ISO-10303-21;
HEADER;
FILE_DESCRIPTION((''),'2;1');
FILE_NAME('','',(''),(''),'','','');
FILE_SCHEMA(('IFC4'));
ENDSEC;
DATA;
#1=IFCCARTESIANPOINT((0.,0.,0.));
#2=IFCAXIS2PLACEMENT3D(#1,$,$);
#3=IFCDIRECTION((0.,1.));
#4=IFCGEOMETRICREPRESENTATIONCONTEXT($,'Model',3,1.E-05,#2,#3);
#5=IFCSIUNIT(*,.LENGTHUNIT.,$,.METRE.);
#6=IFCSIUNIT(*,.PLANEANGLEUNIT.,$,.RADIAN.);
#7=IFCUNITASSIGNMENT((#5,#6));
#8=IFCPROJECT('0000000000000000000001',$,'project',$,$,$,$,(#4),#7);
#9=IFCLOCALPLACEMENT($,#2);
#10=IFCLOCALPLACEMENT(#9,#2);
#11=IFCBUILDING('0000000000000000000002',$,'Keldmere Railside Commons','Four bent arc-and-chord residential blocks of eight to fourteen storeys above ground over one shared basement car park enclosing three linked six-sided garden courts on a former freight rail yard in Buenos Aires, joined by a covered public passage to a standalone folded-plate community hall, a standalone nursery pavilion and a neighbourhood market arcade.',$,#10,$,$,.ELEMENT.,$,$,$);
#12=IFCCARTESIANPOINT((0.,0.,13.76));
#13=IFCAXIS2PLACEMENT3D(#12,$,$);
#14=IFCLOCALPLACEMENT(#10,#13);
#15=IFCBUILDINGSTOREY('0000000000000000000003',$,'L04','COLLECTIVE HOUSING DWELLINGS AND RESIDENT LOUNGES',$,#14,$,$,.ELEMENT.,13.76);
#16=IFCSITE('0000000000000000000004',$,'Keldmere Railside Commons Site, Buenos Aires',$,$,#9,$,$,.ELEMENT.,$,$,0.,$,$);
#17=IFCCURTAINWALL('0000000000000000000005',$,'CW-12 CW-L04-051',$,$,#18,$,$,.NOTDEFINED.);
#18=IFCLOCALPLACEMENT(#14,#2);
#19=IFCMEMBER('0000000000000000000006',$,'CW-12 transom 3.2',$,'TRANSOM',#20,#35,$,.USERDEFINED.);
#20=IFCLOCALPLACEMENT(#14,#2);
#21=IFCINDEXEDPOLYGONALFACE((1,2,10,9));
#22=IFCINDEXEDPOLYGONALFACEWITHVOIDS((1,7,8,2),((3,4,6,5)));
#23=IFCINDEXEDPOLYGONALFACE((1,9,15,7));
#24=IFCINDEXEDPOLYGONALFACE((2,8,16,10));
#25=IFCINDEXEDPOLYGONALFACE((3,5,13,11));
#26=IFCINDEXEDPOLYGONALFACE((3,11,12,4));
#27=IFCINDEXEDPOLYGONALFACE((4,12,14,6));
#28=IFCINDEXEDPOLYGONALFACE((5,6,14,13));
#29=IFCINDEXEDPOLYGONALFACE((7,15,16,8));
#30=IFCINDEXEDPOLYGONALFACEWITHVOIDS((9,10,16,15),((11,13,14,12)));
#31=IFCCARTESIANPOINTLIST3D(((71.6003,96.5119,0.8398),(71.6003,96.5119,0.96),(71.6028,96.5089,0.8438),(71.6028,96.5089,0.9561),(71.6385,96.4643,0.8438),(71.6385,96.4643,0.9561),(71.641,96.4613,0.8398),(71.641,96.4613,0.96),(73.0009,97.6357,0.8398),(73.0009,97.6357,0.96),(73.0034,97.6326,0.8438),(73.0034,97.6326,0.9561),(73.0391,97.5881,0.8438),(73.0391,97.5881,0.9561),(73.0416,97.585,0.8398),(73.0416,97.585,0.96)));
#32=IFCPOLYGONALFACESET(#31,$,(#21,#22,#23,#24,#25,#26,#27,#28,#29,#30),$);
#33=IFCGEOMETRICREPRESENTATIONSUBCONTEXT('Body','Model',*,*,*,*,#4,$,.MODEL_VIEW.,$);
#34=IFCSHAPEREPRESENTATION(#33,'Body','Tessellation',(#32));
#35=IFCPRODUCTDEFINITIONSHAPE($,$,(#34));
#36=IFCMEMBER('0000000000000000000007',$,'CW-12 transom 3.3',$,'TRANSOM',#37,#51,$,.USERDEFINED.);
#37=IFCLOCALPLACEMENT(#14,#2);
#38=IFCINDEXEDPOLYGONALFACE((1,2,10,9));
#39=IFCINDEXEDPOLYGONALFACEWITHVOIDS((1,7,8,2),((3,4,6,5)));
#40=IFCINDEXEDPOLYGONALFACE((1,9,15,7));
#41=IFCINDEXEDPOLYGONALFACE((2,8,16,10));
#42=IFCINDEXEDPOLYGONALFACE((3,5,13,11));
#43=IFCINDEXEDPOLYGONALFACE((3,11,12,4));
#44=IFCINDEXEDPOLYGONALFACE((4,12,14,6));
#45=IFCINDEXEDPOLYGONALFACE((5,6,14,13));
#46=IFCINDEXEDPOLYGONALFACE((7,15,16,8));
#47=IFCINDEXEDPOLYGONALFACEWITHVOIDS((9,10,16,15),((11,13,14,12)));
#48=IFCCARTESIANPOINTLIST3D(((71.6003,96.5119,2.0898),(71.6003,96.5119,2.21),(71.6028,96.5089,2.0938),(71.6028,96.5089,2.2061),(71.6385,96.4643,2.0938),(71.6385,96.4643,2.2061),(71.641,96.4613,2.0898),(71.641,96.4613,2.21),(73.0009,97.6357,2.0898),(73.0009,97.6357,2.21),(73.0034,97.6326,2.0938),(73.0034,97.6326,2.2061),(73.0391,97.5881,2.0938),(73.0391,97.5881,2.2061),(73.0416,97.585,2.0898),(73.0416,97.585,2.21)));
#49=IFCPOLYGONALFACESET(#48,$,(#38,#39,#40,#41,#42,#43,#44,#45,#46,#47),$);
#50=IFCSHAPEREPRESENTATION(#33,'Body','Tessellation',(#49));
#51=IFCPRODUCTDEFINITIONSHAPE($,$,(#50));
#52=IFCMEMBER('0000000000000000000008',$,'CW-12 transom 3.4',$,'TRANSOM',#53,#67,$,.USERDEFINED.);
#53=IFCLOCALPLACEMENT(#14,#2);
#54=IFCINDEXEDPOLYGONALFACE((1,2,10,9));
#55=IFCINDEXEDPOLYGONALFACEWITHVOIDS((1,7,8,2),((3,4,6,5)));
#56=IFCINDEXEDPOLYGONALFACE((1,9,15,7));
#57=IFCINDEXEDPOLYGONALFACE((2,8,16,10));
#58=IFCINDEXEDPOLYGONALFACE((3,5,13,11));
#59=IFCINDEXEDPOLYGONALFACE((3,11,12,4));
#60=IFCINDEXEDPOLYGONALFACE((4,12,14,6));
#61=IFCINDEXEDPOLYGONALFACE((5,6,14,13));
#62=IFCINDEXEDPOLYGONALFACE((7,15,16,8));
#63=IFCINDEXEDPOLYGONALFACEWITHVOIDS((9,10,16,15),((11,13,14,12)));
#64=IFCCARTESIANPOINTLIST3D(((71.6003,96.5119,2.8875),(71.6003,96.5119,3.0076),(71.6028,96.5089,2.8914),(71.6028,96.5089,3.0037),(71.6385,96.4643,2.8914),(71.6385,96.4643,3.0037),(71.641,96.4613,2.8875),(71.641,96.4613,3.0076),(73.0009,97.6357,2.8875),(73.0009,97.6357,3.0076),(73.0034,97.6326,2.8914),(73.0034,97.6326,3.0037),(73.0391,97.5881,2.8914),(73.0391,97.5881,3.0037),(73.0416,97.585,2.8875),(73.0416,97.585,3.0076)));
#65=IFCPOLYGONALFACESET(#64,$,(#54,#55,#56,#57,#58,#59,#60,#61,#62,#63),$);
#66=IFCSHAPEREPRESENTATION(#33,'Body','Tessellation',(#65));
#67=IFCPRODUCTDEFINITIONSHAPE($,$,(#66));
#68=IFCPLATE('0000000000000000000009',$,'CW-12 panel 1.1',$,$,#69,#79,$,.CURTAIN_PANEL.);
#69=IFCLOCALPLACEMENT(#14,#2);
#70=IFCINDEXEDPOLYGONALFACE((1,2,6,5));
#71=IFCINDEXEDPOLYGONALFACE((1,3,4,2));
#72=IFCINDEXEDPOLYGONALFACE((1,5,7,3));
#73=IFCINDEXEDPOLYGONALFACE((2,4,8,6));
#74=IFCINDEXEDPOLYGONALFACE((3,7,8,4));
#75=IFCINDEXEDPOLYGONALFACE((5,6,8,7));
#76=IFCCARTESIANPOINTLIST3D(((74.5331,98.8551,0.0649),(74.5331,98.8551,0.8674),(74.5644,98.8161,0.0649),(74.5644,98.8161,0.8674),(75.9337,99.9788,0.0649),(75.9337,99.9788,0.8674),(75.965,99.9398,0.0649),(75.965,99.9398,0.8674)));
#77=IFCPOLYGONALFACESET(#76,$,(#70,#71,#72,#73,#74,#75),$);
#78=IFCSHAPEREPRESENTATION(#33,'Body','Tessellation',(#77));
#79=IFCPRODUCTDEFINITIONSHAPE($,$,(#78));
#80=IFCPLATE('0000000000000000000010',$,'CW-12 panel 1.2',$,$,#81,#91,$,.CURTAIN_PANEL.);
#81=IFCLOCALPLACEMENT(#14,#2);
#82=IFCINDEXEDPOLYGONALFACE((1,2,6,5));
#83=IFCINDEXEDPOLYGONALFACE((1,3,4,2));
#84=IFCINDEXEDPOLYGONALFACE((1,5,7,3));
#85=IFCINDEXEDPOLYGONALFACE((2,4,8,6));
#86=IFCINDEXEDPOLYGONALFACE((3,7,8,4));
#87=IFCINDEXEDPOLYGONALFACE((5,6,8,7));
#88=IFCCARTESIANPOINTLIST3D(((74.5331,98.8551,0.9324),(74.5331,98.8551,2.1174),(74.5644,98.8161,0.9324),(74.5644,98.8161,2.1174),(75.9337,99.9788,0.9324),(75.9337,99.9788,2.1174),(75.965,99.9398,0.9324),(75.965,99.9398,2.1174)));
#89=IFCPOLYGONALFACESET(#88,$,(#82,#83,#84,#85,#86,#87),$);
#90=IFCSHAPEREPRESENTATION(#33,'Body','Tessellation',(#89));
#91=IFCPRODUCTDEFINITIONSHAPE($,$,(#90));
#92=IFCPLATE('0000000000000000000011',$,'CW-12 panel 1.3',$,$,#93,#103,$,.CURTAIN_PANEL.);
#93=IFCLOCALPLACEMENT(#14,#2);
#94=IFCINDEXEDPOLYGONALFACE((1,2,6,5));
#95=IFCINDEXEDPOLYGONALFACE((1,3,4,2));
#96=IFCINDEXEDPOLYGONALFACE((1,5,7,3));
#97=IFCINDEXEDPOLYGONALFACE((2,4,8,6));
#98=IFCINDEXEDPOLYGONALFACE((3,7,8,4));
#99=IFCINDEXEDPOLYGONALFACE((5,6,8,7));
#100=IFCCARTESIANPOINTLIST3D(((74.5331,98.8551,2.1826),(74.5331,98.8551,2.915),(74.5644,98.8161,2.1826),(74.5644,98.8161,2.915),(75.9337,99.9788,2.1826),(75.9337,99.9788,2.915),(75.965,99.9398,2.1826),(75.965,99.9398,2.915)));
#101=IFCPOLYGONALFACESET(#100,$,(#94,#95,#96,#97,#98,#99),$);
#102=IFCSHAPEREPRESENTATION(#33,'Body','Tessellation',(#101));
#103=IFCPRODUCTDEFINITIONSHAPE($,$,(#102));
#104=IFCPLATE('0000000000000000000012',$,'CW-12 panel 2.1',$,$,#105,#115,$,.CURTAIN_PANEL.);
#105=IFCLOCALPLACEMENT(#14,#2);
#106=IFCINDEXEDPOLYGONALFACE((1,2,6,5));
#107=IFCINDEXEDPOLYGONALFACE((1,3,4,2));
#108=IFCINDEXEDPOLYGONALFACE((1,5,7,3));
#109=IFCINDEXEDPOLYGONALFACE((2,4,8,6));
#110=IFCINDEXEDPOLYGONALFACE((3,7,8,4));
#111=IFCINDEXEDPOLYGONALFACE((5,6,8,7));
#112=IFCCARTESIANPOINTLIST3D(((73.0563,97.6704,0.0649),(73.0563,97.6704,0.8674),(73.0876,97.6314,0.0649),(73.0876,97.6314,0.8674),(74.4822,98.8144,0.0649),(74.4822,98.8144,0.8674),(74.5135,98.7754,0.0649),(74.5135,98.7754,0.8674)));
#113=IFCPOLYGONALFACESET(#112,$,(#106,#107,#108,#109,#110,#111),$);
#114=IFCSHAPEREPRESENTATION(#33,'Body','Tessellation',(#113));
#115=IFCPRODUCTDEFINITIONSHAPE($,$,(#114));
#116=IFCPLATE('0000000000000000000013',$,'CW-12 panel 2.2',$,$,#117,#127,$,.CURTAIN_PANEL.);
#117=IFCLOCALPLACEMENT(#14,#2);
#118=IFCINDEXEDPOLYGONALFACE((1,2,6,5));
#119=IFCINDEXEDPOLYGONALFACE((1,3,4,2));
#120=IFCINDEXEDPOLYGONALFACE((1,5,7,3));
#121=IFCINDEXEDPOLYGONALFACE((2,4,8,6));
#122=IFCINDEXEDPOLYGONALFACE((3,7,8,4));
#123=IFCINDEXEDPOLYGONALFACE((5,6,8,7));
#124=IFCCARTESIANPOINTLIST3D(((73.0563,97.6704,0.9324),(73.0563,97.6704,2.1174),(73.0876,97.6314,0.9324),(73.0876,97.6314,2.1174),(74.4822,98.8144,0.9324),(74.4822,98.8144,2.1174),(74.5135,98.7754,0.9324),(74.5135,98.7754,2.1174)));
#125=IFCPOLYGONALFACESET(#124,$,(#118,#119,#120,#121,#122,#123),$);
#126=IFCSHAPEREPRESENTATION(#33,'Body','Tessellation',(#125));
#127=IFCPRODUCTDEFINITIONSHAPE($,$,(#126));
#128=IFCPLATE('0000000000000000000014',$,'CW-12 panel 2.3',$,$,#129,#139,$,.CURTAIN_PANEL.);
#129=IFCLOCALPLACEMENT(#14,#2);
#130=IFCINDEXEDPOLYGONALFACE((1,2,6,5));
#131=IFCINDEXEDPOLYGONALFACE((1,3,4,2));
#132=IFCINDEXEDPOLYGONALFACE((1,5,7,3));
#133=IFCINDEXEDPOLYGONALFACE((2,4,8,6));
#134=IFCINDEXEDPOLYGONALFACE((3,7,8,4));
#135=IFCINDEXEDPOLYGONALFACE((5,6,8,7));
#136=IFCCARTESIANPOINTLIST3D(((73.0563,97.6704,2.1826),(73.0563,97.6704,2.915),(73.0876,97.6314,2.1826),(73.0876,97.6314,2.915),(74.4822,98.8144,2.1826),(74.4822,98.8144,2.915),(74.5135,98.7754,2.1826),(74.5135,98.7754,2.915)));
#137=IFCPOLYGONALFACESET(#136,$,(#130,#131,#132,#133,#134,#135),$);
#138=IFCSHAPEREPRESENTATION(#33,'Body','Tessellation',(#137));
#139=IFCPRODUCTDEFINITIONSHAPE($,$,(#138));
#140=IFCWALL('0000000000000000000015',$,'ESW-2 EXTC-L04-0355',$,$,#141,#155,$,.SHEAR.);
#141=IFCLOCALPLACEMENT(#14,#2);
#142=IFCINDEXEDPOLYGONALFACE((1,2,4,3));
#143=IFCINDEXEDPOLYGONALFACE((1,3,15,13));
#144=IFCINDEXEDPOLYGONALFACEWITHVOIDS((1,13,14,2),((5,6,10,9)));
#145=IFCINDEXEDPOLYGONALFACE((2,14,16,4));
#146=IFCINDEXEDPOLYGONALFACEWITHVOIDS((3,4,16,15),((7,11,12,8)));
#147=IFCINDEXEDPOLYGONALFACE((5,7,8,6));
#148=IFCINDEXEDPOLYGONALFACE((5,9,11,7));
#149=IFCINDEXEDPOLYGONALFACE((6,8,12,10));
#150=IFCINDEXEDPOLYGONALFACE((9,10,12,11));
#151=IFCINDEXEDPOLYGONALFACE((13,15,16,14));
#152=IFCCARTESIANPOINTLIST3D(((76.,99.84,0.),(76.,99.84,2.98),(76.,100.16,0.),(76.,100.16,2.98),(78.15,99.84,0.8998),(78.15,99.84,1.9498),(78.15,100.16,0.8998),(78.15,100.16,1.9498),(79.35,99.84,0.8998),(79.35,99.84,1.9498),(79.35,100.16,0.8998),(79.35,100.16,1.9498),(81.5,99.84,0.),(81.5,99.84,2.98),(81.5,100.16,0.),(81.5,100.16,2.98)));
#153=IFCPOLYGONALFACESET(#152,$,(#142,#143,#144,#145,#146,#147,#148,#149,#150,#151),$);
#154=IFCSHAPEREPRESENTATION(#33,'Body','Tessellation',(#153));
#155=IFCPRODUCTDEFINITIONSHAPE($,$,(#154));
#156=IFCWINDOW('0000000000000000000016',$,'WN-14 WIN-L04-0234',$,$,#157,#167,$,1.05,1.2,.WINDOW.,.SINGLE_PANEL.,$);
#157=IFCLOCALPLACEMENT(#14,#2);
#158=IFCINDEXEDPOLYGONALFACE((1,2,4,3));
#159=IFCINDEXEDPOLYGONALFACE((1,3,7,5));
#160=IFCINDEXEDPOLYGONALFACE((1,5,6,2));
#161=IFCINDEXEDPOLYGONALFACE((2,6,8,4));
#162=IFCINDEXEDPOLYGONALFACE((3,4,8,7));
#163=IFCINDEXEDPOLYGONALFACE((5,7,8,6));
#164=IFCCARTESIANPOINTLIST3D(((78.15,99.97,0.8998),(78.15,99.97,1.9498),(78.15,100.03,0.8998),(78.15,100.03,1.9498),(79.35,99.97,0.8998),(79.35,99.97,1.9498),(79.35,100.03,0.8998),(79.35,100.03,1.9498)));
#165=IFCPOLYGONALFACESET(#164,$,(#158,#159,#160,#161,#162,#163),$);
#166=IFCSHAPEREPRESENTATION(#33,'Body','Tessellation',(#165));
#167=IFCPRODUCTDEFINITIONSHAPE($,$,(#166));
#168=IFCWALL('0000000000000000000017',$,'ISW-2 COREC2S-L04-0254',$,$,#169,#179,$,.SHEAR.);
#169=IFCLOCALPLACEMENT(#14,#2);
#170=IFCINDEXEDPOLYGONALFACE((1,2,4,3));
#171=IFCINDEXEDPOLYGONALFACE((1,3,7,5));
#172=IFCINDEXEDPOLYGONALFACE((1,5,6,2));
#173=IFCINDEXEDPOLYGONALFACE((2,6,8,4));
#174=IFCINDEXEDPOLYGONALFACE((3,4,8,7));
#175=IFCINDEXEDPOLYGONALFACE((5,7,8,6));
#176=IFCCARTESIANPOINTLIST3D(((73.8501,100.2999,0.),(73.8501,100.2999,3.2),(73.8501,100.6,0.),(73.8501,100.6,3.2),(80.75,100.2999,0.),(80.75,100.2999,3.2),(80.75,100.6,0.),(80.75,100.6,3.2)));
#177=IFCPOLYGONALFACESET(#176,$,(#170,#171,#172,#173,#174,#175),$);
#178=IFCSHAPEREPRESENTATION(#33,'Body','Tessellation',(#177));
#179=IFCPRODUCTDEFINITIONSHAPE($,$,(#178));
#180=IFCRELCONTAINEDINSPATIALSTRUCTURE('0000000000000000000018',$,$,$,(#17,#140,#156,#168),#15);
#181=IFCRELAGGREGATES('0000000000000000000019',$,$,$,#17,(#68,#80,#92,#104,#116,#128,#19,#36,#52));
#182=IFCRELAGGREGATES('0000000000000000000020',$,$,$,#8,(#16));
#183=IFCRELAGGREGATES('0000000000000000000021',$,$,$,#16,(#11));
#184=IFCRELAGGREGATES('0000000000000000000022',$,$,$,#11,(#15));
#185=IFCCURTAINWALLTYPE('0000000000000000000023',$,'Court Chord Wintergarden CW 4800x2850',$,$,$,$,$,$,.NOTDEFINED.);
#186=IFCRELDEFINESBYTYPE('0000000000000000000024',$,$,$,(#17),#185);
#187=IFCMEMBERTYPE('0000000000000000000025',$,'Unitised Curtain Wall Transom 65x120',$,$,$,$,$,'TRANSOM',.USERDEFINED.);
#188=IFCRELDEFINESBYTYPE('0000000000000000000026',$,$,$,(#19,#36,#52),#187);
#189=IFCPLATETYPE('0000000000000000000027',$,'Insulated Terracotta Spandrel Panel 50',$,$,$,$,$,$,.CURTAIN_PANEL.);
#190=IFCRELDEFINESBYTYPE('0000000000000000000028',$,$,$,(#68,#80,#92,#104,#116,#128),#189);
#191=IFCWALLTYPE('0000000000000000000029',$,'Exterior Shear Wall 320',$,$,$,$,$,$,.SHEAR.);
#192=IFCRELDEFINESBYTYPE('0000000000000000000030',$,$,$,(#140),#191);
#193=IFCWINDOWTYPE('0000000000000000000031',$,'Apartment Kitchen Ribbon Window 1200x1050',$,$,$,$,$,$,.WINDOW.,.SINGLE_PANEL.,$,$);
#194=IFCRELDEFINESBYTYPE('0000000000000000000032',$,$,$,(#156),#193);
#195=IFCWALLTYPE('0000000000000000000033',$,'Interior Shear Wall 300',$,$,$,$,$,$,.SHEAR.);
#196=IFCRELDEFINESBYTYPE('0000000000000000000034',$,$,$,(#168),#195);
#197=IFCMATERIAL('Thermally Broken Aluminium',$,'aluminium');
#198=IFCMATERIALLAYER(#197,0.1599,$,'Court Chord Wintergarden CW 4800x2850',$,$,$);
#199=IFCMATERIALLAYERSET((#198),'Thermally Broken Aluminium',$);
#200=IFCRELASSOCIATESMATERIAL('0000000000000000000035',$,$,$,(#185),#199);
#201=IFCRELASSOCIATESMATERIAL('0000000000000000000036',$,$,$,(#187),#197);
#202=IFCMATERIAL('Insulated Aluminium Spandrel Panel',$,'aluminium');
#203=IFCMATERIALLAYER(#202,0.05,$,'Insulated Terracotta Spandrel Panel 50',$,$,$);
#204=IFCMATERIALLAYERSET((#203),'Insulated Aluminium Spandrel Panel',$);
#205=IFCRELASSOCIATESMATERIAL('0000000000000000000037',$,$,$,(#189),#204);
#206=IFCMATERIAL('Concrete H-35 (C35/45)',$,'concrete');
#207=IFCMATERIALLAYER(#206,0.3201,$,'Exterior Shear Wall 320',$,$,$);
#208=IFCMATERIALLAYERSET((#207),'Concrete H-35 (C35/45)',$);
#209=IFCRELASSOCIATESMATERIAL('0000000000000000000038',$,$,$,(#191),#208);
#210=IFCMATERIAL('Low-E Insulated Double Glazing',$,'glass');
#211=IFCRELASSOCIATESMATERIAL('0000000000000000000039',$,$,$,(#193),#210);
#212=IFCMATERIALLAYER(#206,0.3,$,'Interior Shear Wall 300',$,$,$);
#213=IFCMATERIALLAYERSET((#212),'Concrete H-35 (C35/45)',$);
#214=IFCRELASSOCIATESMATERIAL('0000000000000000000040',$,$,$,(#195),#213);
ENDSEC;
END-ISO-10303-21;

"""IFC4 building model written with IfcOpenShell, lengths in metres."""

from ifc_helpers import new_model, si_unit, direction, frame, frame_2d, origin, origin_2d, place, context, subcontext, project, spatial, rectangle, hollow_rectangle, extrude, material, layer, layer_set, material_profile, profile_set, type_object, element, fill, aggregate, save


model = new_model("IFC4")

# Units and contexts
model_context = context("Model", 3, precision=1e-05, world=origin(), true_north=direction((0.0, 1.0)))
body_context = subcontext(model_context, "Body", "Model", "MODEL_VIEW")
ifc_project = project(units=[si_unit("LENGTHUNIT", "METRE"), si_unit("PLANEANGLEUNIT", "RADIAN")], contexts=[model_context])

# Site, building, storey
site_placement = place(None, origin())
site = spatial("IfcSite", under=ifc_project, at=site_placement, Name="Keldmere Railside Commons Site, Buenos Aires", CompositionType="ELEMENT", RefElevation=0.0)
building_placement = place(site_placement, origin())
building = spatial("IfcBuilding", under=site, at=building_placement, Name="Keldmere Railside Commons", Description="Four bent arc-and-chord residential blocks of eight to fourteen storeys above ground over one shared basement car park enclosing three linked six-sided garden courts on a former freight rail yard in Buenos Aires, joined by a covered public passage to a standalone folded-plate community hall, a standalone nursery pavilion and a neighbourhood market arcade.", CompositionType="ELEMENT")
storey_placement = place(building_placement, frame((0.0, 0.0, 13.76)))
storey = spatial("IfcBuildingStorey", under=building, at=storey_placement, Name="L04", Description="COLLECTIVE HOUSING DWELLINGS AND RESIDENT LOUNGES", CompositionType="ELEMENT", Elevation=13.76)

# Curtain wall, members, plates
ifc_material_1 = material(Name="Thermally Broken Aluminium", Category="aluminium")
ifc_layer_1 = layer(ifc_material_1, 0.1599, Name="Court Chord Wintergarden CW 4800x2850")
ifc_layer_set_1 = layer_set([ifc_layer_1], Name="Thermally Broken Aluminium")
curtain_wall_type = type_object("IfcCurtainWallType", Name="Court Chord Wintergarden CW 4800x2850", PredefinedType="NOTDEFINED", material=ifc_layer_set_1)
curtain_wall_placement = place(storey_placement, origin())
curtain_wall = element("IfcCurtainWall", 1, at=curtain_wall_placement, inside=storey, type_object=curtain_wall_type, Name="CW-12 CW-L04-051", PredefinedType="NOTDEFINED")
ifc_material_profile_1 = material_profile(ifc_material_1, hollow_rectangle(XDim=0.0649, YDim=0.1201, WallThickness=0.0039, at=origin_2d()), Name="ALU-TRAN-65x120")
ifc_profile_set_1 = profile_set([ifc_material_profile_1], Name="Thermally Broken Aluminium")
member_type_1 = type_object("IfcMemberType", Name="Unitised Curtain Wall Transom 65x120", ElementType="TRANSOM", PredefinedType="USERDEFINED", material=ifc_profile_set_1)
member_1_placement = place(storey_placement, frame((73.0212, 97.6104, 0.8999), z_axis=(-0.779979, -0.625805, 0.0), x_axis=(0.625805, -0.779979, 0.0)))
member_1 = element("IfcMember", 2, at=member_1_placement, type_object=member_type_1, Name="CW-12 transom 3.2", ObjectType="TRANSOM", PredefinedType="USERDEFINED", context=body_context, shape_type="SweptSolid", body=[
    extrude(hollow_rectangle(XDim=0.0649, YDim=0.1201, WallThickness=0.0039, at=origin_2d()), origin(), (0.0, 0.0, 1.0), 1.7957),
])
member_2_placement = place(storey_placement, frame((73.0212, 97.6104, 2.1499), z_axis=(-0.779979, -0.625805, 0.0), x_axis=(0.625805, -0.779979, 0.0)))
member_2 = element("IfcMember", 3, at=member_2_placement, type_object=member_type_1, Name="CW-12 transom 3.3", ObjectType="TRANSOM", PredefinedType="USERDEFINED", context=body_context, shape_type="SweptSolid", body=[
    extrude(hollow_rectangle(XDim=0.0649, YDim=0.1201, WallThickness=0.0039, at=origin_2d()), origin(), (0.0, 0.0, 1.0), 1.7957),
])
member_3_placement = place(storey_placement, frame((73.0212, 97.6104, 2.9475), z_axis=(-0.779979, -0.625805, 0.0), x_axis=(0.625805, -0.779979, 0.0)))
member_3 = element("IfcMember", 4, at=member_3_placement, type_object=member_type_1, Name="CW-12 transom 3.4", ObjectType="TRANSOM", PredefinedType="USERDEFINED", context=body_context, shape_type="SweptSolid", body=[
    extrude(hollow_rectangle(XDim=0.0649, YDim=0.1201, WallThickness=0.0039, at=origin_2d()), origin(), (0.0, 0.0, 1.0), 1.7957),
])
ifc_material_2 = material(Name="Insulated Aluminium Spandrel Panel", Category="aluminium")
ifc_layer_2 = layer(ifc_material_2, 0.05, Name="Insulated Terracotta Spandrel Panel 50")
ifc_layer_set_2 = layer_set([ifc_layer_2], Name="Insulated Aluminium Spandrel Panel")
plate_type = type_object("IfcPlateType", Name="Insulated Terracotta Spandrel Panel 50", PredefinedType="CURTAIN_PANEL", material=ifc_layer_set_2)
plate_1_placement = place(storey_placement, frame((75.249, 99.3975, 0.0649), z_axis=(0.0, 0.0, 1.0), x_axis=(-0.780009, -0.625768, 0.0)))
plate_1 = element("IfcPlate", 5, at=plate_1_placement, type_object=plate_type, Name="CW-12 panel 1.1", PredefinedType="CURTAIN_PANEL", context=body_context, shape_type="SweptSolid", body=[
    extrude(rectangle(XDim=1.7957, YDim=0.05, at=origin_2d()), origin(), (0.0, 0.0, 1.0), 0.8025),
])
plate_2_placement = place(storey_placement, frame((75.249, 99.3975, 0.9324), z_axis=(0.0, 0.0, 1.0), x_axis=(-0.780009, -0.625768, 0.0)))
plate_2 = element("IfcPlate", 6, at=plate_2_placement, type_object=plate_type, Name="CW-12 panel 1.2", PredefinedType="CURTAIN_PANEL", context=body_context, shape_type="SweptSolid", body=[
    extrude(rectangle(XDim=1.7957, YDim=0.05, at=origin_2d()), origin(), (0.0, 0.0, 1.0), 1.1851),
])
plate_3_placement = place(storey_placement, frame((75.249, 99.3975, 2.1826), z_axis=(0.0, 0.0, 1.0), x_axis=(-0.780009, -0.625768, 0.0)))
plate_3 = element("IfcPlate", 7, at=plate_3_placement, type_object=plate_type, Name="CW-12 panel 1.3", PredefinedType="CURTAIN_PANEL", context=body_context, shape_type="SweptSolid", body=[
    extrude(rectangle(XDim=1.7957, YDim=0.05, at=origin_2d()), origin(), (0.0, 0.0, 1.0), 0.7324),
])
plate_4_placement = place(storey_placement, frame((73.7849, 98.2229, 0.0649), z_axis=(0.0, 0.0, 1.0), x_axis=(-0.780009, -0.625768, 0.0)))
plate_4 = element("IfcPlate", 8, at=plate_4_placement, type_object=plate_type, Name="CW-12 panel 2.1", PredefinedType="CURTAIN_PANEL", context=body_context, shape_type="SweptSolid", body=[
    extrude(rectangle(XDim=1.8281, YDim=0.05, at=origin_2d()), origin(), (0.0, 0.0, 1.0), 0.8025),
])
plate_5_placement = place(storey_placement, frame((73.7849, 98.2229, 0.9324), z_axis=(0.0, 0.0, 1.0), x_axis=(-0.780009, -0.625768, 0.0)))
plate_5 = element("IfcPlate", 9, at=plate_5_placement, type_object=plate_type, Name="CW-12 panel 2.2", PredefinedType="CURTAIN_PANEL", context=body_context, shape_type="SweptSolid", body=[
    extrude(rectangle(XDim=1.8281, YDim=0.05, at=origin_2d()), origin(), (0.0, 0.0, 1.0), 1.1851),
])
plate_6_placement = place(storey_placement, frame((73.7849, 98.2229, 2.1826), z_axis=(0.0, 0.0, 1.0), x_axis=(-0.780009, -0.625768, 0.0)))
plate_6 = element("IfcPlate", 10, at=plate_6_placement, type_object=plate_type, Name="CW-12 panel 2.3", PredefinedType="CURTAIN_PANEL", context=body_context, shape_type="SweptSolid", body=[
    extrude(rectangle(XDim=1.8281, YDim=0.05, at=origin_2d()), origin(), (0.0, 0.0, 1.0), 0.7324),
])
aggregate(curtain_wall, [plate_1, plate_2, plate_3, plate_4, plate_5, plate_6, member_1, member_2, member_3])

# Wall, opening, window
ifc_material_3 = material(Name="Concrete H-35 (C35/45)", Category="concrete")
ifc_layer_3 = layer(ifc_material_3, 0.3201, Name="Exterior Shear Wall 320")
ifc_layer_set_3 = layer_set([ifc_layer_3], Name="Concrete H-35 (C35/45)")
wall_type_1 = type_object("IfcWallType", Name="Exterior Shear Wall 320", PredefinedType="SHEAR", material=ifc_layer_set_3)
wall_1_placement = place(storey_placement, frame((81.5, 100.0, 0.0), z_axis=(0.0, 0.0, 1.0), x_axis=(-1.0, 0.0, 0.0)))
wall_1 = element("IfcWall", 11, at=wall_1_placement, inside=storey, type_object=wall_type_1, Name="ESW-2 EXTC-L04-0355", PredefinedType="SHEAR", context=body_context, shape_type="SweptSolid", body=[
    extrude(rectangle(XDim=5.5, YDim=0.3201, at=frame_2d((2.75, 0.0))), origin(), (0.0, 0.0, 1.0), 2.98),
])
opening_placement = place(wall_1_placement, frame((2.1499, 0.0, 0.8999)))
opening = element("IfcOpeningElement", 12, at=opening_placement, cuts=wall_1, PredefinedType="OPENING", context=body_context, shape_type="SweptSolid", body=[
    extrude(rectangle(XDim=1.2, YDim=1.05, at=frame_2d((0.6001, 0.5249))), frame((0.0, 0.1699, 0.0), z_axis=(0.0, -1.0, 0.0), x_axis=(1.0, 0.0, 0.0)), (0.0, 0.0, 1.0), 0.3401),
])
ifc_material_4 = material(Name="Low-E Insulated Double Glazing", Category="glass")
window_type = type_object("IfcWindowType", Name="Apartment Kitchen Ribbon Window 1200x1050", PartitioningType="SINGLE_PANEL", PredefinedType="WINDOW", material=ifc_material_4)
window_placement = place(opening_placement, origin())
window = element("IfcWindow", 13, at=window_placement, inside=storey, type_object=window_type, Name="WN-14 WIN-L04-0234", OverallHeight=1.05, OverallWidth=1.2, PartitioningType="SINGLE_PANEL", PredefinedType="WINDOW", context=body_context, shape_type="SweptSolid", body=[
    extrude(rectangle(XDim=1.2, YDim=1.05, at=frame_2d((0.6001, 0.5249))), frame((0.0, 0.03, 0.0), z_axis=(0.0, -1.0, 0.0), x_axis=(1.0, 0.0, 0.0)), (0.0, 0.0, 1.0), 0.0601),
])
fill(opening, window)

# Wall
ifc_layer_4 = layer(ifc_material_3, 0.3, Name="Interior Shear Wall 300")
ifc_layer_set_4 = layer_set([ifc_layer_4], Name="Concrete H-35 (C35/45)")
wall_type_2 = type_object("IfcWallType", Name="Interior Shear Wall 300", PredefinedType="SHEAR", material=ifc_layer_set_4)
wall_2_placement = place(storey_placement, frame((73.8501, 100.45, 0.0), z_axis=(0.0, 0.0, 1.0), x_axis=(1.0, 0.0, 0.0)))
element("IfcWall", 14, at=wall_2_placement, inside=storey, type_object=wall_type_2, Name="ISW-2 COREC2S-L04-0254", PredefinedType="SHEAR", context=body_context, shape_type="SweptSolid", body=[
    extrude(rectangle(XDim=6.8999, YDim=0.3, at=frame_2d((3.45, 0.0))), origin(), (0.0, 0.0, 1.0), 3.2),
])

save(model, "model.ifc")
